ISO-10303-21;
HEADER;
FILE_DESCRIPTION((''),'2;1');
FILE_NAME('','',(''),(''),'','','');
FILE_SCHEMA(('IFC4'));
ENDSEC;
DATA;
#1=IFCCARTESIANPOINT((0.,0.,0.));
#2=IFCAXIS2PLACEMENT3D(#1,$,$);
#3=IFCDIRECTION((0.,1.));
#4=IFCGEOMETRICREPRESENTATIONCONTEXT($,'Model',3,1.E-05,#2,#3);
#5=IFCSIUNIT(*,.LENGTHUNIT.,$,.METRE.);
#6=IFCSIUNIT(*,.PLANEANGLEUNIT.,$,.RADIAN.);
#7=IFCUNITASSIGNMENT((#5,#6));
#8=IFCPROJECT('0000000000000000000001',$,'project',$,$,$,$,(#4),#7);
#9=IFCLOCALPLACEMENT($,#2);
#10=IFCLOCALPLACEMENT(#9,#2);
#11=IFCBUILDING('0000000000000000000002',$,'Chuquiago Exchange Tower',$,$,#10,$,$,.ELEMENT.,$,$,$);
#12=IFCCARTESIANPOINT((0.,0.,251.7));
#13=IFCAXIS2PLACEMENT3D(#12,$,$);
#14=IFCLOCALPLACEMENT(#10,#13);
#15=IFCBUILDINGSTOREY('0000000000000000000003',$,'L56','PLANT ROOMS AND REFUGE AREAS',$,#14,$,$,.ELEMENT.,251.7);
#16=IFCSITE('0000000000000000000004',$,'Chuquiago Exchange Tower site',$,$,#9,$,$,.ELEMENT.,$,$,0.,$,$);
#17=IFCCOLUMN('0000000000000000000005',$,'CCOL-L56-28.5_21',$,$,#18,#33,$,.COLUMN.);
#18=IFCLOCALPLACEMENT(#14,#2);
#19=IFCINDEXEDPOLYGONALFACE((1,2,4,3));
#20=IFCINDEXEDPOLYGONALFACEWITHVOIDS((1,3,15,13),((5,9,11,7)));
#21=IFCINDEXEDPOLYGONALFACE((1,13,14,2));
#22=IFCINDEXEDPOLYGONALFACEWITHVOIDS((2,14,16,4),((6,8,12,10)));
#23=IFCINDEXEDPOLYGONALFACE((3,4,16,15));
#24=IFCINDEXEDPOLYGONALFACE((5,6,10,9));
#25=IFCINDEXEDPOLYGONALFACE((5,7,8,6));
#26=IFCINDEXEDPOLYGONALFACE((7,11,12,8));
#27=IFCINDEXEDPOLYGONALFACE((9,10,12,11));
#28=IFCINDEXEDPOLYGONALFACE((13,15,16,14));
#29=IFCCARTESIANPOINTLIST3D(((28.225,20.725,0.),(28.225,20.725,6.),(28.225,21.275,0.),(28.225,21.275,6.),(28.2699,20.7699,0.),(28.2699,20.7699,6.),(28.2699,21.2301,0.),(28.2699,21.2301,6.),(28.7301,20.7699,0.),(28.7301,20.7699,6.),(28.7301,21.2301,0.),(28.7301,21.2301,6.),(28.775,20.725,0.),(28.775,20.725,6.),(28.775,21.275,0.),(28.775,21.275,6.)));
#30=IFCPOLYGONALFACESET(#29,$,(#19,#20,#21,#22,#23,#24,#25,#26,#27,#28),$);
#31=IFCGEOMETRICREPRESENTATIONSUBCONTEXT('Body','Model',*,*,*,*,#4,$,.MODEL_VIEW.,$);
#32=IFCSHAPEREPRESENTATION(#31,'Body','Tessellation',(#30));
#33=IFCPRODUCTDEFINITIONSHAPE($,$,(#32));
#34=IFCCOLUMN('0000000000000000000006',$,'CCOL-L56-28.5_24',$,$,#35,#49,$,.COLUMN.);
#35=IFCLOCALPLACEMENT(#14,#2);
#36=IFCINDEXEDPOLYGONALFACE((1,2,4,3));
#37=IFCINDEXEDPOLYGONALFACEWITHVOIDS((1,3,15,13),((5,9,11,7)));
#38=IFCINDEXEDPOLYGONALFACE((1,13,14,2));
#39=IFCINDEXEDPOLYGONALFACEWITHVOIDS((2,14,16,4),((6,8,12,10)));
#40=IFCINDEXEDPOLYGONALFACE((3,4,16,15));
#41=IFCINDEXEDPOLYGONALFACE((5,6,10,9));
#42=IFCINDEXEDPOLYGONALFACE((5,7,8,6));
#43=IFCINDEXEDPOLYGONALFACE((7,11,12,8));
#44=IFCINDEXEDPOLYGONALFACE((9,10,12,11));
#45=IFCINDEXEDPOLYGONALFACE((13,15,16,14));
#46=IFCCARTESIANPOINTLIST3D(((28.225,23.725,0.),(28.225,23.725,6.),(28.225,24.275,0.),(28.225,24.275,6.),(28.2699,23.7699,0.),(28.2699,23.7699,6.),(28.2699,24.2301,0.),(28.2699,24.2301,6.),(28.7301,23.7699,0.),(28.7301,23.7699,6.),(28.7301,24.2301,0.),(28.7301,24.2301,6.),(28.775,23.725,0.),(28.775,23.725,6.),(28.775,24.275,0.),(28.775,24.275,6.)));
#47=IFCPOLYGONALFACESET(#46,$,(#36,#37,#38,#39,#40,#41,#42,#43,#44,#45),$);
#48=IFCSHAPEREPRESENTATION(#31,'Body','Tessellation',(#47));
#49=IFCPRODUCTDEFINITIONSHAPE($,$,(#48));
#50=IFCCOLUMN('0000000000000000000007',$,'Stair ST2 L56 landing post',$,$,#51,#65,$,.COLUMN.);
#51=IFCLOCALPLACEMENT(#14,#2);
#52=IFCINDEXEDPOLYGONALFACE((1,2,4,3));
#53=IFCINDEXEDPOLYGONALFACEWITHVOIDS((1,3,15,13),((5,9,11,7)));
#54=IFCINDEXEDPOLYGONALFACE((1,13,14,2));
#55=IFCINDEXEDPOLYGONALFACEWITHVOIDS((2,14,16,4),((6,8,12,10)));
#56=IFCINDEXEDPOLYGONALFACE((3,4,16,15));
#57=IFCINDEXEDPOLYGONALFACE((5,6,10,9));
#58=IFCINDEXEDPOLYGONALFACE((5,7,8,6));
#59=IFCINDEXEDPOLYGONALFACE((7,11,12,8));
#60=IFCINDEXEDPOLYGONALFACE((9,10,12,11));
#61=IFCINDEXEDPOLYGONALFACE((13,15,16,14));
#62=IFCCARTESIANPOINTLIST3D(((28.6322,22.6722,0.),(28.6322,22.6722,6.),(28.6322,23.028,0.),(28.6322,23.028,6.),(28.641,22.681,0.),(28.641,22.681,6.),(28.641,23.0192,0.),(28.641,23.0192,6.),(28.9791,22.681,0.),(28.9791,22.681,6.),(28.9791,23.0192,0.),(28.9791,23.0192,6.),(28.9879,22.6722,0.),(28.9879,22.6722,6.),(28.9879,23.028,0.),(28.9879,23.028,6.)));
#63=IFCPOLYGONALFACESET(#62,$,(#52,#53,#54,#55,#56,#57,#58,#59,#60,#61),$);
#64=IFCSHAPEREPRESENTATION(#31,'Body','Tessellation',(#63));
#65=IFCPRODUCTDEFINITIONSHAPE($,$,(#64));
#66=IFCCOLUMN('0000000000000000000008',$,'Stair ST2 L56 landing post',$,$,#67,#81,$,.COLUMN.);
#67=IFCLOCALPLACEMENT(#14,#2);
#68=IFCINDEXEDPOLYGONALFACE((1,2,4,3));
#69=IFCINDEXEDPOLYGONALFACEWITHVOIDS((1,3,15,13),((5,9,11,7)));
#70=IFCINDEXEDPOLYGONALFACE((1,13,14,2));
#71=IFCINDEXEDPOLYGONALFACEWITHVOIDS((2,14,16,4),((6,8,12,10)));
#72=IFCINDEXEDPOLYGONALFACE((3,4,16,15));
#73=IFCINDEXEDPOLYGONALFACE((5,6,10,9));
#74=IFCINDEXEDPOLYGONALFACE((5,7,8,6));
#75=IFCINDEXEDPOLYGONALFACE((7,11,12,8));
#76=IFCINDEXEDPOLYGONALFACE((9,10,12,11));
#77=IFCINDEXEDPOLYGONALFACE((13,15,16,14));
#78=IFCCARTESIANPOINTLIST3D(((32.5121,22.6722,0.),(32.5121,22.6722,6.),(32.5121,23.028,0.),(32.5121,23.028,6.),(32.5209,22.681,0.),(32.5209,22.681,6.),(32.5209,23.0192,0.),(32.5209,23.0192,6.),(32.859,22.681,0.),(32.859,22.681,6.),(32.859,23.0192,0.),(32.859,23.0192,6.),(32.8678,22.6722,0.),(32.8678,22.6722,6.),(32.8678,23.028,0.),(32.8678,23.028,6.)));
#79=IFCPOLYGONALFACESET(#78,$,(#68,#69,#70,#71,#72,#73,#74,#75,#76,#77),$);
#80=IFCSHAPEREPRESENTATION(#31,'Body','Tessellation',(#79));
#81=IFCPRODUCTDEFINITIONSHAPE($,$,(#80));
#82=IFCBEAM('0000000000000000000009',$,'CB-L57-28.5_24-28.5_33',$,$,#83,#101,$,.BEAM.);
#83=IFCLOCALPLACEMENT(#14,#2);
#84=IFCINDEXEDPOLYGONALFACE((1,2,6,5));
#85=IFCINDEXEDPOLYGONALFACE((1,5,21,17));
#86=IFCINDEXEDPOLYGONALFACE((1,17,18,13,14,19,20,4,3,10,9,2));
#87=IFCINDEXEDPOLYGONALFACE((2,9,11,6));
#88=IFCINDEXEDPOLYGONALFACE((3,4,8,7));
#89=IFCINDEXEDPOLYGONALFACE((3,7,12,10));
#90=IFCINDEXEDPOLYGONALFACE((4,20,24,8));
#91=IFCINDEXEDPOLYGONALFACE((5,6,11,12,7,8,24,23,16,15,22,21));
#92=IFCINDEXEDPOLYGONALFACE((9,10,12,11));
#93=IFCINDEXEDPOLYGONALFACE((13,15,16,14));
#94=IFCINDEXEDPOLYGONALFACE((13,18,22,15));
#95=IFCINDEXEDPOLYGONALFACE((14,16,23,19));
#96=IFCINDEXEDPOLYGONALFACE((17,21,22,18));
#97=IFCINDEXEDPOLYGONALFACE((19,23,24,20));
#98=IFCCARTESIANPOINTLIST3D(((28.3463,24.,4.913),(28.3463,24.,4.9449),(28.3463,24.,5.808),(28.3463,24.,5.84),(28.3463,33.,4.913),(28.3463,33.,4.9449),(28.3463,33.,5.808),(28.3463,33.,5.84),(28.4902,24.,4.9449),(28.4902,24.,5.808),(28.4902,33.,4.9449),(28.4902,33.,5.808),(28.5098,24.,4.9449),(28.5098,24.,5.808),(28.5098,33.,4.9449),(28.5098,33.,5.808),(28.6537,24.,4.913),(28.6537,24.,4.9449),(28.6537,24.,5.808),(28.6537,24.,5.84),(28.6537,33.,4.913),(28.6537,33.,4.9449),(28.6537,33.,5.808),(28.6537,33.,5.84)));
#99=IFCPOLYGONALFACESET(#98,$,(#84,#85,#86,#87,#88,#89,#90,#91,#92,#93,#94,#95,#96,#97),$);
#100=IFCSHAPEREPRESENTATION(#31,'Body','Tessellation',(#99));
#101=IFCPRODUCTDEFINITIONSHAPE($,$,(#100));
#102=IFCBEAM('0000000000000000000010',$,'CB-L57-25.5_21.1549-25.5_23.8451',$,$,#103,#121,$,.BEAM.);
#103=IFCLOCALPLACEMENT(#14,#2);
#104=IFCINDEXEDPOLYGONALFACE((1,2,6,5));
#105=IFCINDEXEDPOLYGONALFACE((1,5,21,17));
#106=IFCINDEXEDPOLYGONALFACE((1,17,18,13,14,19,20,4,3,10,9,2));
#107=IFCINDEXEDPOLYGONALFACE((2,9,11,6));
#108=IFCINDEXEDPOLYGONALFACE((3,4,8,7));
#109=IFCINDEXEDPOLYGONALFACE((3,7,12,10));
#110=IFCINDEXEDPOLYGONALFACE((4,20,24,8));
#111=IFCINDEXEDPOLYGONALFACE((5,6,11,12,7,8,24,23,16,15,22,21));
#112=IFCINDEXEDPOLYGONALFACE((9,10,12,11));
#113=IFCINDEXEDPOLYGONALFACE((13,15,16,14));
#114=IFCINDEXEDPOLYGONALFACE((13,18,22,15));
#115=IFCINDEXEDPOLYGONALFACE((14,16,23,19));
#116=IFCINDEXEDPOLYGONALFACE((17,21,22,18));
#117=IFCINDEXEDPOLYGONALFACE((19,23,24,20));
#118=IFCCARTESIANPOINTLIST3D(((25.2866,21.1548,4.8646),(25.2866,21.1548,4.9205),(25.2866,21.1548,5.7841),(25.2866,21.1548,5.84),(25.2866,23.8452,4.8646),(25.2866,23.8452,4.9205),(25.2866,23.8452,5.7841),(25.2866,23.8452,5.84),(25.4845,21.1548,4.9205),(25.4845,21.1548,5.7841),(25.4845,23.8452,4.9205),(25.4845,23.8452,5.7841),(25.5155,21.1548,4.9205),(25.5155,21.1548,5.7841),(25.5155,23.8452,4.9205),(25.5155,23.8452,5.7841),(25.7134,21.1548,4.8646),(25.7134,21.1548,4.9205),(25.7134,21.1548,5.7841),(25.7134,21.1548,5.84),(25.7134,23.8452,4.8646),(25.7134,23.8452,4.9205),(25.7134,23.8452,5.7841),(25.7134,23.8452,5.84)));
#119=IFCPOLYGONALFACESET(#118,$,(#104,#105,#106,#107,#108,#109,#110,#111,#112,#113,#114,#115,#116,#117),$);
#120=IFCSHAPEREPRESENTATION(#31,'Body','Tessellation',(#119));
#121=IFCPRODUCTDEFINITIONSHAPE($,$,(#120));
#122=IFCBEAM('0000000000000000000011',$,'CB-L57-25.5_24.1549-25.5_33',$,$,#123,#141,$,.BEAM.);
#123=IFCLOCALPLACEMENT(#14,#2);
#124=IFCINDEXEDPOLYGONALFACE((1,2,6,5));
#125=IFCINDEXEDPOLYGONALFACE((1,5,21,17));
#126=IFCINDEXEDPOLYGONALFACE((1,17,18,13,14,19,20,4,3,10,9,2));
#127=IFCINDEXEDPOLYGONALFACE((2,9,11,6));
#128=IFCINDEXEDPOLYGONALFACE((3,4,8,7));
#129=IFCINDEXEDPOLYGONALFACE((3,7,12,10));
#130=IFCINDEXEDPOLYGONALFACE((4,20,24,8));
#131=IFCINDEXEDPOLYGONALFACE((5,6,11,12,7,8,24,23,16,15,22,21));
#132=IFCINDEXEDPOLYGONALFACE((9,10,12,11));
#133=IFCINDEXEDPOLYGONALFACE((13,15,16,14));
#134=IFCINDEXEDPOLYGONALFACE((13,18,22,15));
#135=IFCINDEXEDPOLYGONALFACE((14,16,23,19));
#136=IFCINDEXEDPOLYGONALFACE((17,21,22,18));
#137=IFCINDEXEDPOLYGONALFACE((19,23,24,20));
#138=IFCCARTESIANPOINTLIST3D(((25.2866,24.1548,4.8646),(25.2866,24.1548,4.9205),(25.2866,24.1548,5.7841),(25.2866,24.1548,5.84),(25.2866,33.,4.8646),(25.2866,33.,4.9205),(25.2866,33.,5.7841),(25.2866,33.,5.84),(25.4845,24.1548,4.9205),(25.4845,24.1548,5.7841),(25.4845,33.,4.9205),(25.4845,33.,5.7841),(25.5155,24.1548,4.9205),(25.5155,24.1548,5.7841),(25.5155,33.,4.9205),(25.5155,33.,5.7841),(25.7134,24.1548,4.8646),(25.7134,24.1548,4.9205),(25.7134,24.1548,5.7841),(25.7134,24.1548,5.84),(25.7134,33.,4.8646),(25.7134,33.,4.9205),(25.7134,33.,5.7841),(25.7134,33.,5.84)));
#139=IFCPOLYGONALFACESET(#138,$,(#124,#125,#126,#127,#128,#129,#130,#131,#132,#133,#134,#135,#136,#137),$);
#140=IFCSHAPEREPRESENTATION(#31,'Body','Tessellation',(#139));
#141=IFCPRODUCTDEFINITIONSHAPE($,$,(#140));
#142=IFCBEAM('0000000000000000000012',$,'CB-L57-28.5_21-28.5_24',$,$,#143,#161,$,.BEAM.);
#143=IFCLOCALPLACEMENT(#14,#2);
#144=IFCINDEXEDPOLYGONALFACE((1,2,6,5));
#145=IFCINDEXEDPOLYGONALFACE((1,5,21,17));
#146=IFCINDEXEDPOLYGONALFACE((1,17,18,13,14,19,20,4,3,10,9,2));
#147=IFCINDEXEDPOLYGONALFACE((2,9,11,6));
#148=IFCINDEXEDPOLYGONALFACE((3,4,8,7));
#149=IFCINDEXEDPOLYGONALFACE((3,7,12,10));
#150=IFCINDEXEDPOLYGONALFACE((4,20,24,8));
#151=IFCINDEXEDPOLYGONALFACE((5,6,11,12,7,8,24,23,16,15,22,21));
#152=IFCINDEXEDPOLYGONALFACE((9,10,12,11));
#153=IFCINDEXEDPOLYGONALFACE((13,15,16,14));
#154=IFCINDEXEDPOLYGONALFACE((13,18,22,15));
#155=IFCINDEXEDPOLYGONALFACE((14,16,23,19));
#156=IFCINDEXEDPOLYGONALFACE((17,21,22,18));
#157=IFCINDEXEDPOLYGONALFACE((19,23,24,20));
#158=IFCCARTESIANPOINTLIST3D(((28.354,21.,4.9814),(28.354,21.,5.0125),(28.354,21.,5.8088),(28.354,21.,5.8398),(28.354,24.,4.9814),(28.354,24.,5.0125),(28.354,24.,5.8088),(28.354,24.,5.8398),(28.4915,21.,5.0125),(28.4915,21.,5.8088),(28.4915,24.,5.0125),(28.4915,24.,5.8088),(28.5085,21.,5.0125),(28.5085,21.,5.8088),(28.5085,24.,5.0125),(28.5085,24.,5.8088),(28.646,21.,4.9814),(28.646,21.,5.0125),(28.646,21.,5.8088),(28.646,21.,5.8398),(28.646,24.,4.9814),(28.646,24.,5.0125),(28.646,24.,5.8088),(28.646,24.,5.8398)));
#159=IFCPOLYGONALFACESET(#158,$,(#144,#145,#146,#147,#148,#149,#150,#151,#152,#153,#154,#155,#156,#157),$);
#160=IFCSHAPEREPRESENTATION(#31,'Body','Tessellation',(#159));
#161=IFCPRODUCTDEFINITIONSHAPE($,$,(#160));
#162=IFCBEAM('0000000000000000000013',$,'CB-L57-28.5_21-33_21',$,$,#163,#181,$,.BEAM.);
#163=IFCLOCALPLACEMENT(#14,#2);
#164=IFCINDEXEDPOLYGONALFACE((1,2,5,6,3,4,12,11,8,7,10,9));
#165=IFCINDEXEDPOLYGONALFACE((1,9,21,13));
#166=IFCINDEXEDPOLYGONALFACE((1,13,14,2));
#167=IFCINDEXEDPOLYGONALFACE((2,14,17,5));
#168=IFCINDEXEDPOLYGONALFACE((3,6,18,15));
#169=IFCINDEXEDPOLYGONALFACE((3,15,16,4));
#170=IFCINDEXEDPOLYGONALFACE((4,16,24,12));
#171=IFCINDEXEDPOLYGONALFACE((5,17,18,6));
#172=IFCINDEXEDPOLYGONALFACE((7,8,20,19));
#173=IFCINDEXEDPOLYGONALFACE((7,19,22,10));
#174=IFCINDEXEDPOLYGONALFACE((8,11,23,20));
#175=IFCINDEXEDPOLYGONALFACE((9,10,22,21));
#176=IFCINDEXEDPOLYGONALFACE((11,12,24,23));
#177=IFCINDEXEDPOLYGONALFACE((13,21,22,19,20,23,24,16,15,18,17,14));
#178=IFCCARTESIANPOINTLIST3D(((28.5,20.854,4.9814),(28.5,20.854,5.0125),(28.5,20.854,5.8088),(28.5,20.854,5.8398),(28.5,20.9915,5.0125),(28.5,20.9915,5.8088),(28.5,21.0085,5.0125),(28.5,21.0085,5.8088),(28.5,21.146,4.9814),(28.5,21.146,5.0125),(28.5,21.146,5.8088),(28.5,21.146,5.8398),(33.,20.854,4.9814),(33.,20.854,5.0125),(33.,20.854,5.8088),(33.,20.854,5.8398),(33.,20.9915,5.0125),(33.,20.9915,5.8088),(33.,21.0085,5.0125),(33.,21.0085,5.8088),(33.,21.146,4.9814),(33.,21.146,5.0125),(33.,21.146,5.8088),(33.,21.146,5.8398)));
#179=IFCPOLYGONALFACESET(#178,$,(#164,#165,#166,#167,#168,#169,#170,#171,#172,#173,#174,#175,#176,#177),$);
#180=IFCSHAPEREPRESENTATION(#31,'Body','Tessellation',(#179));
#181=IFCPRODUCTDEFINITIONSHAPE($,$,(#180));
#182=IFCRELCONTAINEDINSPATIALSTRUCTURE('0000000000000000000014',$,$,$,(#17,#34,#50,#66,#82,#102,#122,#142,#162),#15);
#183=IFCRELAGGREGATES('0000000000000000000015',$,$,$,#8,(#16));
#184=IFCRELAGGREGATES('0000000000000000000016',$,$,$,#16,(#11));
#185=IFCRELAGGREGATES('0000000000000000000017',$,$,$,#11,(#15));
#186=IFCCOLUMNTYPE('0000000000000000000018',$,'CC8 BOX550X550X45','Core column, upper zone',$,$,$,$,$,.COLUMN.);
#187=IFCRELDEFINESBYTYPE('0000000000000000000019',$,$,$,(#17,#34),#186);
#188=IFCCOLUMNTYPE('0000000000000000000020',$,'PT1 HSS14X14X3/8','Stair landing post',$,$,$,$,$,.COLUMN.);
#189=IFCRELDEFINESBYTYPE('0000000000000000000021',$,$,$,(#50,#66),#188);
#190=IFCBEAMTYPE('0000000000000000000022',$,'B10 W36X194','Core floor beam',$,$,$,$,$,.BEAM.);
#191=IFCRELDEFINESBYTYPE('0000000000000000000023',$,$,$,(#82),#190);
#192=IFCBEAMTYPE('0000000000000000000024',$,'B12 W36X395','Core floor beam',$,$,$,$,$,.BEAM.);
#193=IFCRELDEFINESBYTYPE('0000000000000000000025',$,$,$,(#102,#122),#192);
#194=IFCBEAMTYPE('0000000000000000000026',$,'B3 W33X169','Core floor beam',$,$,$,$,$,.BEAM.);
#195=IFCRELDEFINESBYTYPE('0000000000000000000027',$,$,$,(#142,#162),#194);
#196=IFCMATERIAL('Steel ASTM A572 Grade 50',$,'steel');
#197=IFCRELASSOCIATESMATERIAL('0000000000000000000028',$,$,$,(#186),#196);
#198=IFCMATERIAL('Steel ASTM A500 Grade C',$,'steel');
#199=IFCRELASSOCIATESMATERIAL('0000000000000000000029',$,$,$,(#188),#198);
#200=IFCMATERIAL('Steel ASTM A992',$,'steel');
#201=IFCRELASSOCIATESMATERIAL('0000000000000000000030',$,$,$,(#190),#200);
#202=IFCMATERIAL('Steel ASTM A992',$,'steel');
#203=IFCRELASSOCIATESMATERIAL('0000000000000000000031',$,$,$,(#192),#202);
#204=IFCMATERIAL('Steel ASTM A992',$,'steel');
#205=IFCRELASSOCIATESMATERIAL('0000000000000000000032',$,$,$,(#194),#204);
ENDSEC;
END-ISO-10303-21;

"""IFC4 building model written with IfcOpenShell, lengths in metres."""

from ifc_helpers import new_model, si_unit, direction, frame, origin, origin_2d, place, context, subcontext, project, spatial, hollow_rectangle, i_section, extrude, material, material_profile, profile_set, type_object, element, save


model = new_model("IFC4")

# Units and contexts
model_context = context("Model", 3, precision=1e-05, world=origin(), true_north=direction((0.0, 1.0)))
body_context = subcontext(model_context, "Body", "Model", "MODEL_VIEW")
ifc_project = project(units=[si_unit("LENGTHUNIT", "METRE"), si_unit("PLANEANGLEUNIT", "RADIAN")], contexts=[model_context])

# Site, building, storey
site_placement = place(None, origin())
site = spatial("IfcSite", under=ifc_project, at=site_placement, Name="Chuquiago Exchange Tower site", CompositionType="ELEMENT", RefElevation=0.0)
building_placement = place(site_placement, origin())
building = spatial("IfcBuilding", under=site, at=building_placement, Name="Chuquiago Exchange Tower", CompositionType="ELEMENT")
storey_placement = place(building_placement, frame((0.0, 0.0, 251.7)))
storey = spatial("IfcBuildingStorey", under=building, at=storey_placement, Name="L56", Description="PLANT ROOMS AND REFUGE AREAS", CompositionType="ELEMENT", Elevation=251.7)

# Columns
ifc_material_1 = material(Name="Steel ASTM A572 Grade 50", Category="steel")
ifc_material_profile_1 = material_profile(ifc_material_1, hollow_rectangle(XDim=0.55, YDim=0.55, WallThickness=0.0449, at=origin_2d()), Name="BOX550X550X45")
ifc_profile_set_1 = profile_set([ifc_material_profile_1], Name="Steel ASTM A572 Grade 50")
column_type_1 = type_object("IfcColumnType", Name="CC8 BOX550X550X45", Description="Core column, upper zone", PredefinedType="COLUMN", material=ifc_profile_set_1)
for number, where, z_axis, x_axis, name in (
    (1, (28.5, 21.0, 0.0), (0.0, 0.0, 1.0), (1.0, 0.0, 0.0), "CCOL-L56-28.5_21"),
    (2, (28.5, 24.0, 0.0), (0.0, 0.0, 1.0), (1.0, 0.0, 0.0), "CCOL-L56-28.5_24"),
):
    element("IfcColumn", number, at=place(storey_placement, frame(where, z_axis=z_axis, x_axis=x_axis)), inside=storey, type_object=column_type_1, Name=name, PredefinedType="COLUMN", context=body_context, shape_type="SweptSolid", body=[
        extrude(hollow_rectangle(XDim=0.55, YDim=0.55, WallThickness=0.0449, at=origin_2d()), origin(), (0.0, 0.0, 1.0), 6.0),
    ])
ifc_material_2 = material(Name="Steel ASTM A500 Grade C", Category="steel")
ifc_material_profile_2 = material_profile(ifc_material_2, hollow_rectangle(XDim=0.3557, YDim=0.3557, WallThickness=0.0088, at=origin_2d()), Name="HSS14X14X3/8")
ifc_profile_set_2 = profile_set([ifc_material_profile_2], Name="Steel ASTM A500 Grade C")
column_type_2 = type_object("IfcColumnType", Name="PT1 HSS14X14X3/8", Description="Stair landing post", PredefinedType="COLUMN", material=ifc_profile_set_2)
for number, where, z_axis, x_axis, name in (
    (3, (28.8101, 22.8501, 0.0), (0.0, 0.0, 1.0), (1.0, 0.0, 0.0), "Stair ST2 L56 landing post"),
    (4, (32.6899, 22.8501, 0.0), (0.0, 0.0, 1.0), (1.0, 0.0, 0.0), "Stair ST2 L56 landing post"),
):
    element("IfcColumn", number, at=place(storey_placement, frame(where, z_axis=z_axis, x_axis=x_axis)), inside=storey, type_object=column_type_2, Name=name, PredefinedType="COLUMN", context=body_context, shape_type="SweptSolid", body=[
        extrude(hollow_rectangle(XDim=0.3557, YDim=0.3557, WallThickness=0.0088, at=origin_2d()), origin(), (0.0, 0.0, 1.0), 6.0),
    ])

# Beams
ifc_material_3 = material(Name="Steel ASTM A992", Category="steel")
ifc_material_profile_3 = material_profile(ifc_material_3, i_section(OverallWidth=0.3074, OverallDepth=0.927, WebThickness=0.0195, FlangeThickness=0.032, at=origin_2d()), Name="W36X194")
ifc_profile_set_3 = profile_set([ifc_material_profile_3], Name="Steel ASTM A992")
beam_type_1 = type_object("IfcBeamType", Name="B10 W36X194", Description="Core floor beam", PredefinedType="BEAM", material=ifc_profile_set_3)
beam_1_placement = place(storey_placement, frame((28.5, 24.0, 5.3765), z_axis=(0.0, 1.0, 0.0), x_axis=(-1.0, 0.0, 0.0)))
element("IfcBeam", 5, at=beam_1_placement, inside=storey, type_object=beam_type_1, Name="CB-L57-28.5_24-28.5_33", PredefinedType="BEAM", context=body_context, shape_type="SweptSolid", body=[
    extrude(i_section(OverallWidth=0.3074, OverallDepth=0.927, WebThickness=0.0195, FlangeThickness=0.032, at=origin_2d()), origin(), (0.0, 0.0, 1.0), 9.0),
])
ifc_material_4 = material(Name="Steel ASTM A992", Category="steel")
ifc_material_profile_4 = material_profile(ifc_material_4, i_section(OverallWidth=0.4268, OverallDepth=0.9753, WebThickness=0.031, FlangeThickness=0.0559, at=origin_2d()), Name="W36X395")
ifc_profile_set_4 = profile_set([ifc_material_profile_4], Name="Steel ASTM A992")
beam_type_2 = type_object("IfcBeamType", Name="B12 W36X395", Description="Core floor beam", PredefinedType="BEAM", material=ifc_profile_set_4)
beam_2_placement = place(storey_placement, frame((25.5, 21.1548, 5.3523), z_axis=(0.0, 1.0, 0.0), x_axis=(-1.0, 0.0, 0.0)))
element("IfcBeam", 6, at=beam_2_placement, inside=storey, type_object=beam_type_2, Name="CB-L57-25.5_21.1549-25.5_23.8451", PredefinedType="BEAM", context=body_context, shape_type="SweptSolid", body=[
    extrude(i_section(OverallWidth=0.4268, OverallDepth=0.9753, WebThickness=0.031, FlangeThickness=0.0559, at=origin_2d()), origin(), (0.0, 0.0, 1.0), 2.6904),
])
beam_3_placement = place(storey_placement, frame((25.5, 24.1548, 5.3523), z_axis=(0.0, 1.0, 0.0), x_axis=(-1.0, 0.0, 0.0)))
element("IfcBeam", 7, at=beam_3_placement, inside=storey, type_object=beam_type_2, Name="CB-L57-25.5_24.1549-25.5_33", PredefinedType="BEAM", context=body_context, shape_type="SweptSolid", body=[
    extrude(i_section(OverallWidth=0.4268, OverallDepth=0.9753, WebThickness=0.031, FlangeThickness=0.0559, at=origin_2d()), origin(), (0.0, 0.0, 1.0), 8.8452),
])
ifc_material_5 = material(Name="Steel ASTM A992", Category="steel")
ifc_material_profile_5 = material_profile(ifc_material_5, i_section(OverallWidth=0.292, OverallDepth=0.8584, WebThickness=0.0171, FlangeThickness=0.031, at=origin_2d()), Name="W33X169")
ifc_profile_set_5 = profile_set([ifc_material_profile_5], Name="Steel ASTM A992")
beam_type_3 = type_object("IfcBeamType", Name="B3 W33X169", Description="Core floor beam", PredefinedType="BEAM", material=ifc_profile_set_5)
beam_4_placement = place(storey_placement, frame((28.5, 21.0, 5.4106), z_axis=(0.0, 1.0, 0.0), x_axis=(-1.0, 0.0, 0.0)))
element("IfcBeam", 8, at=beam_4_placement, inside=storey, type_object=beam_type_3, Name="CB-L57-28.5_21-28.5_24", PredefinedType="BEAM", context=body_context, shape_type="SweptSolid", body=[
    extrude(i_section(OverallWidth=0.292, OverallDepth=0.8584, WebThickness=0.0171, FlangeThickness=0.031, at=origin_2d()), origin(), (0.0, 0.0, 1.0), 3.0),
])
beam_5_placement = place(storey_placement, frame((28.5, 21.0, 5.4106), z_axis=(1.0, 0.0, 0.0), x_axis=(0.0, 1.0, 0.0)))
element("IfcBeam", 9, at=beam_5_placement, inside=storey, type_object=beam_type_3, Name="CB-L57-28.5_21-33_21", PredefinedType="BEAM", context=body_context, shape_type="SweptSolid", body=[
    extrude(i_section(OverallWidth=0.292, OverallDepth=0.8584, WebThickness=0.0171, FlangeThickness=0.031, at=origin_2d()), origin(), (0.0, 0.0, 1.0), 4.5),
])

save(model, "model.ifc")
